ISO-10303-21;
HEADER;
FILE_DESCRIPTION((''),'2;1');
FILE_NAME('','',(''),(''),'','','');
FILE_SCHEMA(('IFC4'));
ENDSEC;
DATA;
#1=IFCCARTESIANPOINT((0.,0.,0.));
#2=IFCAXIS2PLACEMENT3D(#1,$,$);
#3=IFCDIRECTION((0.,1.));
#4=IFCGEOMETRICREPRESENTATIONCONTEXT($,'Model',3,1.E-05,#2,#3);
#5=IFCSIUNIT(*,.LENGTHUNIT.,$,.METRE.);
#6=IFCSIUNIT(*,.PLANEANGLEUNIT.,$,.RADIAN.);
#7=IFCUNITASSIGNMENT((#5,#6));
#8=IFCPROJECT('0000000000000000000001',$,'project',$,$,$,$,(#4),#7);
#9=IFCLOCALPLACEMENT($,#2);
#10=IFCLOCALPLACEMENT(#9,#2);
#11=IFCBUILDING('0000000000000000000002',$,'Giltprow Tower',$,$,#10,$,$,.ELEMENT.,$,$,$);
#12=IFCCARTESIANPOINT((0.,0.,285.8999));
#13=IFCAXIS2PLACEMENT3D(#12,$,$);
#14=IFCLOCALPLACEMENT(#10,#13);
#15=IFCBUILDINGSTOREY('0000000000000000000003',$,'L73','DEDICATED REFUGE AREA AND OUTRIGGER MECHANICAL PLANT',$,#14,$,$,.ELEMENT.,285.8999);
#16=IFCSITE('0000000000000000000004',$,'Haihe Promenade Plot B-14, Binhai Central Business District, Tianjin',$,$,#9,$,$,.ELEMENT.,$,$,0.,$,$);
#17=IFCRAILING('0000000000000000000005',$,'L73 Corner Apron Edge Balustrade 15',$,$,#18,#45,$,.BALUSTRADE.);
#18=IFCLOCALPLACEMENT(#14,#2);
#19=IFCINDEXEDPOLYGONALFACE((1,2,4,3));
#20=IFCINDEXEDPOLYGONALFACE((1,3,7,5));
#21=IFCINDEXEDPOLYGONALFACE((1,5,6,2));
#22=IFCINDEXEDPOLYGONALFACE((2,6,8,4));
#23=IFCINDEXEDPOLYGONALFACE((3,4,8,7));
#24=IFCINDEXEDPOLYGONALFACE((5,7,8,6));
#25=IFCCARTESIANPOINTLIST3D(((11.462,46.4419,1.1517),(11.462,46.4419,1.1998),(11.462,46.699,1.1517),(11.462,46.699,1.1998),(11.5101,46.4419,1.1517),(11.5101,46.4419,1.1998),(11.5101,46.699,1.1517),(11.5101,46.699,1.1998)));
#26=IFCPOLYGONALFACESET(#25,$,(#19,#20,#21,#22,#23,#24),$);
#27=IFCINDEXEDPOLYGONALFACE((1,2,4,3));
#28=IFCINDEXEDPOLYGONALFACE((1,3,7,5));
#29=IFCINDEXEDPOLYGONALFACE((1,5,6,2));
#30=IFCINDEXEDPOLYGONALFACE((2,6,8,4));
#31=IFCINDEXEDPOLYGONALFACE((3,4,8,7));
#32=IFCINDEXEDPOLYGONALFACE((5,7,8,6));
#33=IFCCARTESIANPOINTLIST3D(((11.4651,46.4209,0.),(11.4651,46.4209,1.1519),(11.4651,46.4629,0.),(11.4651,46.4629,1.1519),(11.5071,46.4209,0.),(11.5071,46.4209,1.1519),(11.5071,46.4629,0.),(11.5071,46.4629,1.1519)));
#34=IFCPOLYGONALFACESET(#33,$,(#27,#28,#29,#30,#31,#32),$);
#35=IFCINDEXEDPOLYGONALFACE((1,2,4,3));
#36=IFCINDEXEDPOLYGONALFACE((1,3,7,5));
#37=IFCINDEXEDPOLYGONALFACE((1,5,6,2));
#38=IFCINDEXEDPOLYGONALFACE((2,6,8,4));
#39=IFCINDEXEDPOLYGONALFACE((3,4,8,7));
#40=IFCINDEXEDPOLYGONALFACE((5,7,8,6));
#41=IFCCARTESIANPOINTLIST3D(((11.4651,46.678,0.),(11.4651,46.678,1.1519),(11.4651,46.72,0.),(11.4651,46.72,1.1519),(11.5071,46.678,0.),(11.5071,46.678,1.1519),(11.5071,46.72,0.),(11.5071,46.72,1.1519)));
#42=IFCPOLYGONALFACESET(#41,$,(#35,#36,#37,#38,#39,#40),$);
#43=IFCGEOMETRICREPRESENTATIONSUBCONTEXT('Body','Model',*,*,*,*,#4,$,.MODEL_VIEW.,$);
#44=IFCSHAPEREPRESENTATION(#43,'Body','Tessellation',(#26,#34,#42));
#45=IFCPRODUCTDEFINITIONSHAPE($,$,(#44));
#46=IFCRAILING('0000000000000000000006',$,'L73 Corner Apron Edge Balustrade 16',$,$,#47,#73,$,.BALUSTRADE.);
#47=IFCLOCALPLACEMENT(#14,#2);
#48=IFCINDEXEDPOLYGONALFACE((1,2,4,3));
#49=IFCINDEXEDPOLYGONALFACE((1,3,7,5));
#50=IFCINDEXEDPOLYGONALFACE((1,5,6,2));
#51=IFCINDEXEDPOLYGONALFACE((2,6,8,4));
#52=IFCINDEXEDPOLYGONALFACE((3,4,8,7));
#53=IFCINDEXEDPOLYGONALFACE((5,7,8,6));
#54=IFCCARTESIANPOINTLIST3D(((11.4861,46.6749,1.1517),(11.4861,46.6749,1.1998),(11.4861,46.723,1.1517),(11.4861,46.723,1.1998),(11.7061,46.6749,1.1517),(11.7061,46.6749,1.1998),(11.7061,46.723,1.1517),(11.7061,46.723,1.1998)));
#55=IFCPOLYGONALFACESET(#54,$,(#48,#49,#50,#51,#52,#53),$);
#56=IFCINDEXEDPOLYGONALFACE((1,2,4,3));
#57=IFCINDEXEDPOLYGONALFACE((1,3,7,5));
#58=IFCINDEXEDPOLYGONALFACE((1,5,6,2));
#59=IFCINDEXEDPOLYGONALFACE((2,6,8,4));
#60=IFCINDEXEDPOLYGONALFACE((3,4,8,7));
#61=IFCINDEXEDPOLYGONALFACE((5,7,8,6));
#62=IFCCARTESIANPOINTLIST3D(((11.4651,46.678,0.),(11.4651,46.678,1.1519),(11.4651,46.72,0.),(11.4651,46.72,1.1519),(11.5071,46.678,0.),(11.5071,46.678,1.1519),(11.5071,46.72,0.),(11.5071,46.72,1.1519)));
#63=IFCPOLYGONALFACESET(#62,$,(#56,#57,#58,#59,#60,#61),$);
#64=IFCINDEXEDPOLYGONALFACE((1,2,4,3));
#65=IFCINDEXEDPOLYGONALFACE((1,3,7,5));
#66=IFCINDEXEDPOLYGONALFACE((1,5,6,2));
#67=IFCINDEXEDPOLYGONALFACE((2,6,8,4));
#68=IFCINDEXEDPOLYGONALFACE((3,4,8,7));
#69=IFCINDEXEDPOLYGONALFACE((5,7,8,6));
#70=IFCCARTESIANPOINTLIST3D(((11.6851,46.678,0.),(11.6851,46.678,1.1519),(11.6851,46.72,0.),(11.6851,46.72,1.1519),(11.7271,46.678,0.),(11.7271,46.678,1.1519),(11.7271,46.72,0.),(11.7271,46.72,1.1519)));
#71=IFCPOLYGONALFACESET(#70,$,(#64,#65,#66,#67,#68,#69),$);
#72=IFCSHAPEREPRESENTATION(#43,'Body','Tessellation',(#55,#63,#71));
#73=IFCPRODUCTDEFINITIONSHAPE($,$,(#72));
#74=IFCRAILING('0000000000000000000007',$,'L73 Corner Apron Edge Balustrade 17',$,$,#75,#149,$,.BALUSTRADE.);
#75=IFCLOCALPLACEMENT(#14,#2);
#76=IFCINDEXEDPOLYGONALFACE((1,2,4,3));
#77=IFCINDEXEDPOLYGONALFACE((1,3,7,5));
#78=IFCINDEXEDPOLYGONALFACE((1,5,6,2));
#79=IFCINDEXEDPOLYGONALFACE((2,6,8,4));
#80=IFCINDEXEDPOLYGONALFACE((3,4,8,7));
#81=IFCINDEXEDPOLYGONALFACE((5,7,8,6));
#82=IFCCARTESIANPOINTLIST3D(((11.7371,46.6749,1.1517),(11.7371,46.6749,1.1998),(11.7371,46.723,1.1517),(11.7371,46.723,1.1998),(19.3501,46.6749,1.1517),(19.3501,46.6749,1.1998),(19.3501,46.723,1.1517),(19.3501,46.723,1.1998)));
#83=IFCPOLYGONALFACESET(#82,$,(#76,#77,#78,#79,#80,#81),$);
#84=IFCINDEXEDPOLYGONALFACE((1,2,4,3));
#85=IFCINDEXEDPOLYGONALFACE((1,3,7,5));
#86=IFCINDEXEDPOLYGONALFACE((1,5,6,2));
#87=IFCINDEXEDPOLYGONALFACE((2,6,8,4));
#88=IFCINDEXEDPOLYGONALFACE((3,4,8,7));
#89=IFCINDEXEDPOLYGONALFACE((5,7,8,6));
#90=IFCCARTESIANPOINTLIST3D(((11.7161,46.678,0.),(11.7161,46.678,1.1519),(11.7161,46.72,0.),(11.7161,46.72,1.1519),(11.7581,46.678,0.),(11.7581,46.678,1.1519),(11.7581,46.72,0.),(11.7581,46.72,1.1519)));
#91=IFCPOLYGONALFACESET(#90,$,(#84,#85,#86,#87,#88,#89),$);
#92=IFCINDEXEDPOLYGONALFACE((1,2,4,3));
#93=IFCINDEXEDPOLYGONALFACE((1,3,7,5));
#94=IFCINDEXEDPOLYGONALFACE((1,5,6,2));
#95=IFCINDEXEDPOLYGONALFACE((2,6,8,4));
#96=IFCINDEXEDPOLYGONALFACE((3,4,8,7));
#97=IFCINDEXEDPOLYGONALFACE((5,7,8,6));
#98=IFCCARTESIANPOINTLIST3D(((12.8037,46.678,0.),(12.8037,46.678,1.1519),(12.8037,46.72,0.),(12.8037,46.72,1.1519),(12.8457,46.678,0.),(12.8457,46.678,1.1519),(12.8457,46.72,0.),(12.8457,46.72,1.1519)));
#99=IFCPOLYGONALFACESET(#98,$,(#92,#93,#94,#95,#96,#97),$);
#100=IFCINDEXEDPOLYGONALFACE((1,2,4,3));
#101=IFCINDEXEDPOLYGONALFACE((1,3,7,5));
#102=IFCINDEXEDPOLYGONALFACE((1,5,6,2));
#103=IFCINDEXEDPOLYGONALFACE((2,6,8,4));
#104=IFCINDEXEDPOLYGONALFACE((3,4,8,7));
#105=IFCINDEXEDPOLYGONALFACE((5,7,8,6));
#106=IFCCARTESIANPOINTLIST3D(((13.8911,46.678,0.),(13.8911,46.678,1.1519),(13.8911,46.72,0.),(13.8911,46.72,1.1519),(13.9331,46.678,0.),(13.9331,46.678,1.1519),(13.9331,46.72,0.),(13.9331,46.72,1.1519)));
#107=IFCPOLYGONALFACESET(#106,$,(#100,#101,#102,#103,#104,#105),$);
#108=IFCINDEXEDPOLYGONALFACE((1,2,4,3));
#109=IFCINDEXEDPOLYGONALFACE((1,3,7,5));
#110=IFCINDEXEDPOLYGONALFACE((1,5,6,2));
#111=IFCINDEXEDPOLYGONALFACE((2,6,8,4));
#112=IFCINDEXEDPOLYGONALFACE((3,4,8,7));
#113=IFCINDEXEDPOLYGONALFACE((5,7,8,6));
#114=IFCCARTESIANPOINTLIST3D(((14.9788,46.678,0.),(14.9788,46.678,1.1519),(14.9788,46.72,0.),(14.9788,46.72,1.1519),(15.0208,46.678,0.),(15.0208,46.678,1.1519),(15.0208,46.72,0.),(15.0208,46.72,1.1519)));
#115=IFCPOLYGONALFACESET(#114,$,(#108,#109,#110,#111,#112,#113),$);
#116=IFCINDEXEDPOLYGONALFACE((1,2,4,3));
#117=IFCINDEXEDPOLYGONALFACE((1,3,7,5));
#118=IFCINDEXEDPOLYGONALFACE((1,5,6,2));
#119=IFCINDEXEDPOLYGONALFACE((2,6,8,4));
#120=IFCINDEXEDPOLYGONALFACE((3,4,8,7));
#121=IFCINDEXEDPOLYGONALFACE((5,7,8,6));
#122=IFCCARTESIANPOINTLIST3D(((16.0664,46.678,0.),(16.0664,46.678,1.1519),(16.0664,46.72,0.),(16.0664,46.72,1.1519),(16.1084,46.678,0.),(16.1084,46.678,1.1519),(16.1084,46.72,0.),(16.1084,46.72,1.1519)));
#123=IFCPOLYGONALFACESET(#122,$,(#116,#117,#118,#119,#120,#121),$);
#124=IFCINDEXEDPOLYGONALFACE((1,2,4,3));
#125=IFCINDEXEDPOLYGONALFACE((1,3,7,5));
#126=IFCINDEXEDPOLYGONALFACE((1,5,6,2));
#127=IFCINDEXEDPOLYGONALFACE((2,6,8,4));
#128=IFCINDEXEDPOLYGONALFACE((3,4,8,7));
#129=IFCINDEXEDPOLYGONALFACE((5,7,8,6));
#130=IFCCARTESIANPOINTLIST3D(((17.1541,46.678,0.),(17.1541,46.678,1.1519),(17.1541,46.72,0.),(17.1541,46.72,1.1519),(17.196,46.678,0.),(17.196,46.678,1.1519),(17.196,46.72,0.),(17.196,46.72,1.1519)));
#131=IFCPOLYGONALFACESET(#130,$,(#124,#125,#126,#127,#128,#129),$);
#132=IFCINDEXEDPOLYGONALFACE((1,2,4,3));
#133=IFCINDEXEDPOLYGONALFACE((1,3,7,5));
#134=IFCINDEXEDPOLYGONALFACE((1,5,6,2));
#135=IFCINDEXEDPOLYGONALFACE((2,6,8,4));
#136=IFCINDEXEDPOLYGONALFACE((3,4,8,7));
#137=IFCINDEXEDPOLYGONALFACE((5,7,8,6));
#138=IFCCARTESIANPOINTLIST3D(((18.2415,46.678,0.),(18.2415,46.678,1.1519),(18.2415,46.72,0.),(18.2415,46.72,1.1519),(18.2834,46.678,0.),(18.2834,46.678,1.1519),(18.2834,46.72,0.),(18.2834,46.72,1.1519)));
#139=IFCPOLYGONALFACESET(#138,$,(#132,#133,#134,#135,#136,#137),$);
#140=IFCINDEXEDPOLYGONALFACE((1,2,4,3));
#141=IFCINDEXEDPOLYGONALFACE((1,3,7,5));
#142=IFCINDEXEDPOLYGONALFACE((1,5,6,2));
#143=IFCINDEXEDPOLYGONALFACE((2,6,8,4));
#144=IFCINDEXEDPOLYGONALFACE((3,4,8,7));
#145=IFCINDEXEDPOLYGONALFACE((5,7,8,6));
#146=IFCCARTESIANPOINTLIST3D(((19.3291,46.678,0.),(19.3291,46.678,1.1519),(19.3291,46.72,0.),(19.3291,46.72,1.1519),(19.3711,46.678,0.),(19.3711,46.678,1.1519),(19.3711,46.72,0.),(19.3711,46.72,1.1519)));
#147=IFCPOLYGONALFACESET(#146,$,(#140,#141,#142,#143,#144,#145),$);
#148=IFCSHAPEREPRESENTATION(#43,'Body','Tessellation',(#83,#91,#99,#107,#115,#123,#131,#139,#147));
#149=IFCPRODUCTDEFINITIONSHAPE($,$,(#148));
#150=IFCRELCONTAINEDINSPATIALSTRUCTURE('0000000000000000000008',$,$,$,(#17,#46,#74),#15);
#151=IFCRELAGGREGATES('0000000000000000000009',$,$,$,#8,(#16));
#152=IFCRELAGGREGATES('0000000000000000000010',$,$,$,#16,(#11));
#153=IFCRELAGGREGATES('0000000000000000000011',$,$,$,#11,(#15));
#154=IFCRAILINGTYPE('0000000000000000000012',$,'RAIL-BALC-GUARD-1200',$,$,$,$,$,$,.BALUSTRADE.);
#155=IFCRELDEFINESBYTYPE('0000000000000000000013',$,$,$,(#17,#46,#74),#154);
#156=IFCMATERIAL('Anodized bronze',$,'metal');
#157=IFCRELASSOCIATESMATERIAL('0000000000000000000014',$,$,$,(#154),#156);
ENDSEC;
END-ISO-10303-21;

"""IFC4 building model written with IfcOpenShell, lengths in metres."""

from ifc_helpers import new_model, si_unit, direction, frame, origin, origin_2d, place, context, subcontext, project, spatial, rectangle, extrude, material, type_object, element, save


model = new_model("IFC4")

# Units and contexts
model_context = context("Model", 3, precision=1e-05, world=origin(), true_north=direction((0.0, 1.0)))
body_context = subcontext(model_context, "Body", "Model", "MODEL_VIEW")
ifc_project = project(units=[si_unit("LENGTHUNIT", "METRE"), si_unit("PLANEANGLEUNIT", "RADIAN")], contexts=[model_context])

# Site, building, storey
site_placement = place(None, origin())
site = spatial("IfcSite", under=ifc_project, at=site_placement, Name="Haihe Promenade Plot B-14, Binhai Central Business District, Tianjin", CompositionType="ELEMENT", RefElevation=0.0)
building_placement = place(site_placement, origin())
building = spatial("IfcBuilding", under=site, at=building_placement, Name="Giltprow Tower", CompositionType="ELEMENT")
storey_placement = place(building_placement, frame((0.0, 0.0, 285.8999)))
storey = spatial("IfcBuildingStorey", under=building, at=storey_placement, Name="L73", Description="DEDICATED REFUGE AREA AND OUTRIGGER MECHANICAL PLANT", CompositionType="ELEMENT", Elevation=285.8999)

# Railings
ifc_material_1 = material(Name="Anodized bronze", Category="metal")
railing_type = type_object("IfcRailingType", Name="RAIL-BALC-GUARD-1200", PredefinedType="BALUSTRADE", material=ifc_material_1)
railing_1_placement = place(storey_placement, frame((11.4861, 46.4419, 0.0)))
element("IfcRailing", 1, at=railing_1_placement, inside=storey, type_object=railing_type, Name="L73 Corner Apron Edge Balustrade 15", PredefinedType="BALUSTRADE", context=body_context, shape_type="SweptSolid", body=[
    extrude(rectangle(XDim=0.0481, YDim=0.0481, at=origin_2d()), frame((0.0, 0.0, 1.1758), z_axis=(0.0, 1.0, 0.0), x_axis=(-1.0, 0.0, 0.0)), (0.0, 0.0, 1.0), 0.2571),
    extrude(rectangle(XDim=0.042, YDim=0.042, at=origin_2d()), origin(), (0.0, 0.0, 1.0), 1.1519),
    extrude(rectangle(XDim=0.042, YDim=0.042, at=origin_2d()), frame((0.0, 0.2571, 0.0)), (0.0, 0.0, 1.0), 1.1519),
])
railing_2_placement = place(storey_placement, frame((11.4861, 46.699, 0.0)))
element("IfcRailing", 2, at=railing_2_placement, inside=storey, type_object=railing_type, Name="L73 Corner Apron Edge Balustrade 16", PredefinedType="BALUSTRADE", context=body_context, shape_type="SweptSolid", body=[
    extrude(rectangle(XDim=0.0481, YDim=0.0481, at=origin_2d()), frame((0.0, 0.0, 1.1758), z_axis=(1.0, 0.0, 0.0), x_axis=(0.0, 1.0, 0.0)), (0.0, 0.0, 1.0), 0.22),
    extrude(rectangle(XDim=0.042, YDim=0.042, at=origin_2d()), origin(), (0.0, 0.0, 1.0), 1.1519),
    extrude(rectangle(XDim=0.042, YDim=0.042, at=origin_2d()), frame((0.22, 0.0, 0.0)), (0.0, 0.0, 1.0), 1.1519),
])
railing_3_placement = place(storey_placement, frame((11.7371, 46.699, 0.0)))
element("IfcRailing", 3, at=railing_3_placement, inside=storey, type_object=railing_type, Name="L73 Corner Apron Edge Balustrade 17", PredefinedType="BALUSTRADE", context=body_context, shape_type="SweptSolid", body=[
    extrude(rectangle(XDim=0.0481, YDim=0.0481, at=origin_2d()), frame((0.0, 0.0, 1.1758), z_axis=(1.0, 0.0, 0.0), x_axis=(0.0, 1.0, 0.0)), (0.0, 0.0, 1.0), 7.613),
    extrude(rectangle(XDim=0.042, YDim=0.042, at=origin_2d()), origin(), (0.0, 0.0, 1.0), 1.1519),
    extrude(rectangle(XDim=0.042, YDim=0.042, at=origin_2d()), frame((1.0876, 0.0, 0.0)), (0.0, 0.0, 1.0), 1.1519),
    extrude(rectangle(XDim=0.042, YDim=0.042, at=origin_2d()), frame((2.175, 0.0, 0.0)), (0.0, 0.0, 1.0), 1.1519),
    extrude(rectangle(XDim=0.042, YDim=0.042, at=origin_2d()), frame((3.2627, 0.0, 0.0)), (0.0, 0.0, 1.0), 1.1519),
    extrude(rectangle(XDim=0.042, YDim=0.042, at=origin_2d()), frame((4.3503, 0.0, 0.0)), (0.0, 0.0, 1.0), 1.1519),
    extrude(rectangle(XDim=0.042, YDim=0.042, at=origin_2d()), frame((5.438, 0.0, 0.0)), (0.0, 0.0, 1.0), 1.1519),
    extrude(rectangle(XDim=0.042, YDim=0.042, at=origin_2d()), frame((6.5254, 0.0, 0.0)), (0.0, 0.0, 1.0), 1.1519),
    extrude(rectangle(XDim=0.042, YDim=0.042, at=origin_2d()), frame((7.613, 0.0, 0.0)), (0.0, 0.0, 1.0), 1.1519),
])

save(model, "model.ifc")
